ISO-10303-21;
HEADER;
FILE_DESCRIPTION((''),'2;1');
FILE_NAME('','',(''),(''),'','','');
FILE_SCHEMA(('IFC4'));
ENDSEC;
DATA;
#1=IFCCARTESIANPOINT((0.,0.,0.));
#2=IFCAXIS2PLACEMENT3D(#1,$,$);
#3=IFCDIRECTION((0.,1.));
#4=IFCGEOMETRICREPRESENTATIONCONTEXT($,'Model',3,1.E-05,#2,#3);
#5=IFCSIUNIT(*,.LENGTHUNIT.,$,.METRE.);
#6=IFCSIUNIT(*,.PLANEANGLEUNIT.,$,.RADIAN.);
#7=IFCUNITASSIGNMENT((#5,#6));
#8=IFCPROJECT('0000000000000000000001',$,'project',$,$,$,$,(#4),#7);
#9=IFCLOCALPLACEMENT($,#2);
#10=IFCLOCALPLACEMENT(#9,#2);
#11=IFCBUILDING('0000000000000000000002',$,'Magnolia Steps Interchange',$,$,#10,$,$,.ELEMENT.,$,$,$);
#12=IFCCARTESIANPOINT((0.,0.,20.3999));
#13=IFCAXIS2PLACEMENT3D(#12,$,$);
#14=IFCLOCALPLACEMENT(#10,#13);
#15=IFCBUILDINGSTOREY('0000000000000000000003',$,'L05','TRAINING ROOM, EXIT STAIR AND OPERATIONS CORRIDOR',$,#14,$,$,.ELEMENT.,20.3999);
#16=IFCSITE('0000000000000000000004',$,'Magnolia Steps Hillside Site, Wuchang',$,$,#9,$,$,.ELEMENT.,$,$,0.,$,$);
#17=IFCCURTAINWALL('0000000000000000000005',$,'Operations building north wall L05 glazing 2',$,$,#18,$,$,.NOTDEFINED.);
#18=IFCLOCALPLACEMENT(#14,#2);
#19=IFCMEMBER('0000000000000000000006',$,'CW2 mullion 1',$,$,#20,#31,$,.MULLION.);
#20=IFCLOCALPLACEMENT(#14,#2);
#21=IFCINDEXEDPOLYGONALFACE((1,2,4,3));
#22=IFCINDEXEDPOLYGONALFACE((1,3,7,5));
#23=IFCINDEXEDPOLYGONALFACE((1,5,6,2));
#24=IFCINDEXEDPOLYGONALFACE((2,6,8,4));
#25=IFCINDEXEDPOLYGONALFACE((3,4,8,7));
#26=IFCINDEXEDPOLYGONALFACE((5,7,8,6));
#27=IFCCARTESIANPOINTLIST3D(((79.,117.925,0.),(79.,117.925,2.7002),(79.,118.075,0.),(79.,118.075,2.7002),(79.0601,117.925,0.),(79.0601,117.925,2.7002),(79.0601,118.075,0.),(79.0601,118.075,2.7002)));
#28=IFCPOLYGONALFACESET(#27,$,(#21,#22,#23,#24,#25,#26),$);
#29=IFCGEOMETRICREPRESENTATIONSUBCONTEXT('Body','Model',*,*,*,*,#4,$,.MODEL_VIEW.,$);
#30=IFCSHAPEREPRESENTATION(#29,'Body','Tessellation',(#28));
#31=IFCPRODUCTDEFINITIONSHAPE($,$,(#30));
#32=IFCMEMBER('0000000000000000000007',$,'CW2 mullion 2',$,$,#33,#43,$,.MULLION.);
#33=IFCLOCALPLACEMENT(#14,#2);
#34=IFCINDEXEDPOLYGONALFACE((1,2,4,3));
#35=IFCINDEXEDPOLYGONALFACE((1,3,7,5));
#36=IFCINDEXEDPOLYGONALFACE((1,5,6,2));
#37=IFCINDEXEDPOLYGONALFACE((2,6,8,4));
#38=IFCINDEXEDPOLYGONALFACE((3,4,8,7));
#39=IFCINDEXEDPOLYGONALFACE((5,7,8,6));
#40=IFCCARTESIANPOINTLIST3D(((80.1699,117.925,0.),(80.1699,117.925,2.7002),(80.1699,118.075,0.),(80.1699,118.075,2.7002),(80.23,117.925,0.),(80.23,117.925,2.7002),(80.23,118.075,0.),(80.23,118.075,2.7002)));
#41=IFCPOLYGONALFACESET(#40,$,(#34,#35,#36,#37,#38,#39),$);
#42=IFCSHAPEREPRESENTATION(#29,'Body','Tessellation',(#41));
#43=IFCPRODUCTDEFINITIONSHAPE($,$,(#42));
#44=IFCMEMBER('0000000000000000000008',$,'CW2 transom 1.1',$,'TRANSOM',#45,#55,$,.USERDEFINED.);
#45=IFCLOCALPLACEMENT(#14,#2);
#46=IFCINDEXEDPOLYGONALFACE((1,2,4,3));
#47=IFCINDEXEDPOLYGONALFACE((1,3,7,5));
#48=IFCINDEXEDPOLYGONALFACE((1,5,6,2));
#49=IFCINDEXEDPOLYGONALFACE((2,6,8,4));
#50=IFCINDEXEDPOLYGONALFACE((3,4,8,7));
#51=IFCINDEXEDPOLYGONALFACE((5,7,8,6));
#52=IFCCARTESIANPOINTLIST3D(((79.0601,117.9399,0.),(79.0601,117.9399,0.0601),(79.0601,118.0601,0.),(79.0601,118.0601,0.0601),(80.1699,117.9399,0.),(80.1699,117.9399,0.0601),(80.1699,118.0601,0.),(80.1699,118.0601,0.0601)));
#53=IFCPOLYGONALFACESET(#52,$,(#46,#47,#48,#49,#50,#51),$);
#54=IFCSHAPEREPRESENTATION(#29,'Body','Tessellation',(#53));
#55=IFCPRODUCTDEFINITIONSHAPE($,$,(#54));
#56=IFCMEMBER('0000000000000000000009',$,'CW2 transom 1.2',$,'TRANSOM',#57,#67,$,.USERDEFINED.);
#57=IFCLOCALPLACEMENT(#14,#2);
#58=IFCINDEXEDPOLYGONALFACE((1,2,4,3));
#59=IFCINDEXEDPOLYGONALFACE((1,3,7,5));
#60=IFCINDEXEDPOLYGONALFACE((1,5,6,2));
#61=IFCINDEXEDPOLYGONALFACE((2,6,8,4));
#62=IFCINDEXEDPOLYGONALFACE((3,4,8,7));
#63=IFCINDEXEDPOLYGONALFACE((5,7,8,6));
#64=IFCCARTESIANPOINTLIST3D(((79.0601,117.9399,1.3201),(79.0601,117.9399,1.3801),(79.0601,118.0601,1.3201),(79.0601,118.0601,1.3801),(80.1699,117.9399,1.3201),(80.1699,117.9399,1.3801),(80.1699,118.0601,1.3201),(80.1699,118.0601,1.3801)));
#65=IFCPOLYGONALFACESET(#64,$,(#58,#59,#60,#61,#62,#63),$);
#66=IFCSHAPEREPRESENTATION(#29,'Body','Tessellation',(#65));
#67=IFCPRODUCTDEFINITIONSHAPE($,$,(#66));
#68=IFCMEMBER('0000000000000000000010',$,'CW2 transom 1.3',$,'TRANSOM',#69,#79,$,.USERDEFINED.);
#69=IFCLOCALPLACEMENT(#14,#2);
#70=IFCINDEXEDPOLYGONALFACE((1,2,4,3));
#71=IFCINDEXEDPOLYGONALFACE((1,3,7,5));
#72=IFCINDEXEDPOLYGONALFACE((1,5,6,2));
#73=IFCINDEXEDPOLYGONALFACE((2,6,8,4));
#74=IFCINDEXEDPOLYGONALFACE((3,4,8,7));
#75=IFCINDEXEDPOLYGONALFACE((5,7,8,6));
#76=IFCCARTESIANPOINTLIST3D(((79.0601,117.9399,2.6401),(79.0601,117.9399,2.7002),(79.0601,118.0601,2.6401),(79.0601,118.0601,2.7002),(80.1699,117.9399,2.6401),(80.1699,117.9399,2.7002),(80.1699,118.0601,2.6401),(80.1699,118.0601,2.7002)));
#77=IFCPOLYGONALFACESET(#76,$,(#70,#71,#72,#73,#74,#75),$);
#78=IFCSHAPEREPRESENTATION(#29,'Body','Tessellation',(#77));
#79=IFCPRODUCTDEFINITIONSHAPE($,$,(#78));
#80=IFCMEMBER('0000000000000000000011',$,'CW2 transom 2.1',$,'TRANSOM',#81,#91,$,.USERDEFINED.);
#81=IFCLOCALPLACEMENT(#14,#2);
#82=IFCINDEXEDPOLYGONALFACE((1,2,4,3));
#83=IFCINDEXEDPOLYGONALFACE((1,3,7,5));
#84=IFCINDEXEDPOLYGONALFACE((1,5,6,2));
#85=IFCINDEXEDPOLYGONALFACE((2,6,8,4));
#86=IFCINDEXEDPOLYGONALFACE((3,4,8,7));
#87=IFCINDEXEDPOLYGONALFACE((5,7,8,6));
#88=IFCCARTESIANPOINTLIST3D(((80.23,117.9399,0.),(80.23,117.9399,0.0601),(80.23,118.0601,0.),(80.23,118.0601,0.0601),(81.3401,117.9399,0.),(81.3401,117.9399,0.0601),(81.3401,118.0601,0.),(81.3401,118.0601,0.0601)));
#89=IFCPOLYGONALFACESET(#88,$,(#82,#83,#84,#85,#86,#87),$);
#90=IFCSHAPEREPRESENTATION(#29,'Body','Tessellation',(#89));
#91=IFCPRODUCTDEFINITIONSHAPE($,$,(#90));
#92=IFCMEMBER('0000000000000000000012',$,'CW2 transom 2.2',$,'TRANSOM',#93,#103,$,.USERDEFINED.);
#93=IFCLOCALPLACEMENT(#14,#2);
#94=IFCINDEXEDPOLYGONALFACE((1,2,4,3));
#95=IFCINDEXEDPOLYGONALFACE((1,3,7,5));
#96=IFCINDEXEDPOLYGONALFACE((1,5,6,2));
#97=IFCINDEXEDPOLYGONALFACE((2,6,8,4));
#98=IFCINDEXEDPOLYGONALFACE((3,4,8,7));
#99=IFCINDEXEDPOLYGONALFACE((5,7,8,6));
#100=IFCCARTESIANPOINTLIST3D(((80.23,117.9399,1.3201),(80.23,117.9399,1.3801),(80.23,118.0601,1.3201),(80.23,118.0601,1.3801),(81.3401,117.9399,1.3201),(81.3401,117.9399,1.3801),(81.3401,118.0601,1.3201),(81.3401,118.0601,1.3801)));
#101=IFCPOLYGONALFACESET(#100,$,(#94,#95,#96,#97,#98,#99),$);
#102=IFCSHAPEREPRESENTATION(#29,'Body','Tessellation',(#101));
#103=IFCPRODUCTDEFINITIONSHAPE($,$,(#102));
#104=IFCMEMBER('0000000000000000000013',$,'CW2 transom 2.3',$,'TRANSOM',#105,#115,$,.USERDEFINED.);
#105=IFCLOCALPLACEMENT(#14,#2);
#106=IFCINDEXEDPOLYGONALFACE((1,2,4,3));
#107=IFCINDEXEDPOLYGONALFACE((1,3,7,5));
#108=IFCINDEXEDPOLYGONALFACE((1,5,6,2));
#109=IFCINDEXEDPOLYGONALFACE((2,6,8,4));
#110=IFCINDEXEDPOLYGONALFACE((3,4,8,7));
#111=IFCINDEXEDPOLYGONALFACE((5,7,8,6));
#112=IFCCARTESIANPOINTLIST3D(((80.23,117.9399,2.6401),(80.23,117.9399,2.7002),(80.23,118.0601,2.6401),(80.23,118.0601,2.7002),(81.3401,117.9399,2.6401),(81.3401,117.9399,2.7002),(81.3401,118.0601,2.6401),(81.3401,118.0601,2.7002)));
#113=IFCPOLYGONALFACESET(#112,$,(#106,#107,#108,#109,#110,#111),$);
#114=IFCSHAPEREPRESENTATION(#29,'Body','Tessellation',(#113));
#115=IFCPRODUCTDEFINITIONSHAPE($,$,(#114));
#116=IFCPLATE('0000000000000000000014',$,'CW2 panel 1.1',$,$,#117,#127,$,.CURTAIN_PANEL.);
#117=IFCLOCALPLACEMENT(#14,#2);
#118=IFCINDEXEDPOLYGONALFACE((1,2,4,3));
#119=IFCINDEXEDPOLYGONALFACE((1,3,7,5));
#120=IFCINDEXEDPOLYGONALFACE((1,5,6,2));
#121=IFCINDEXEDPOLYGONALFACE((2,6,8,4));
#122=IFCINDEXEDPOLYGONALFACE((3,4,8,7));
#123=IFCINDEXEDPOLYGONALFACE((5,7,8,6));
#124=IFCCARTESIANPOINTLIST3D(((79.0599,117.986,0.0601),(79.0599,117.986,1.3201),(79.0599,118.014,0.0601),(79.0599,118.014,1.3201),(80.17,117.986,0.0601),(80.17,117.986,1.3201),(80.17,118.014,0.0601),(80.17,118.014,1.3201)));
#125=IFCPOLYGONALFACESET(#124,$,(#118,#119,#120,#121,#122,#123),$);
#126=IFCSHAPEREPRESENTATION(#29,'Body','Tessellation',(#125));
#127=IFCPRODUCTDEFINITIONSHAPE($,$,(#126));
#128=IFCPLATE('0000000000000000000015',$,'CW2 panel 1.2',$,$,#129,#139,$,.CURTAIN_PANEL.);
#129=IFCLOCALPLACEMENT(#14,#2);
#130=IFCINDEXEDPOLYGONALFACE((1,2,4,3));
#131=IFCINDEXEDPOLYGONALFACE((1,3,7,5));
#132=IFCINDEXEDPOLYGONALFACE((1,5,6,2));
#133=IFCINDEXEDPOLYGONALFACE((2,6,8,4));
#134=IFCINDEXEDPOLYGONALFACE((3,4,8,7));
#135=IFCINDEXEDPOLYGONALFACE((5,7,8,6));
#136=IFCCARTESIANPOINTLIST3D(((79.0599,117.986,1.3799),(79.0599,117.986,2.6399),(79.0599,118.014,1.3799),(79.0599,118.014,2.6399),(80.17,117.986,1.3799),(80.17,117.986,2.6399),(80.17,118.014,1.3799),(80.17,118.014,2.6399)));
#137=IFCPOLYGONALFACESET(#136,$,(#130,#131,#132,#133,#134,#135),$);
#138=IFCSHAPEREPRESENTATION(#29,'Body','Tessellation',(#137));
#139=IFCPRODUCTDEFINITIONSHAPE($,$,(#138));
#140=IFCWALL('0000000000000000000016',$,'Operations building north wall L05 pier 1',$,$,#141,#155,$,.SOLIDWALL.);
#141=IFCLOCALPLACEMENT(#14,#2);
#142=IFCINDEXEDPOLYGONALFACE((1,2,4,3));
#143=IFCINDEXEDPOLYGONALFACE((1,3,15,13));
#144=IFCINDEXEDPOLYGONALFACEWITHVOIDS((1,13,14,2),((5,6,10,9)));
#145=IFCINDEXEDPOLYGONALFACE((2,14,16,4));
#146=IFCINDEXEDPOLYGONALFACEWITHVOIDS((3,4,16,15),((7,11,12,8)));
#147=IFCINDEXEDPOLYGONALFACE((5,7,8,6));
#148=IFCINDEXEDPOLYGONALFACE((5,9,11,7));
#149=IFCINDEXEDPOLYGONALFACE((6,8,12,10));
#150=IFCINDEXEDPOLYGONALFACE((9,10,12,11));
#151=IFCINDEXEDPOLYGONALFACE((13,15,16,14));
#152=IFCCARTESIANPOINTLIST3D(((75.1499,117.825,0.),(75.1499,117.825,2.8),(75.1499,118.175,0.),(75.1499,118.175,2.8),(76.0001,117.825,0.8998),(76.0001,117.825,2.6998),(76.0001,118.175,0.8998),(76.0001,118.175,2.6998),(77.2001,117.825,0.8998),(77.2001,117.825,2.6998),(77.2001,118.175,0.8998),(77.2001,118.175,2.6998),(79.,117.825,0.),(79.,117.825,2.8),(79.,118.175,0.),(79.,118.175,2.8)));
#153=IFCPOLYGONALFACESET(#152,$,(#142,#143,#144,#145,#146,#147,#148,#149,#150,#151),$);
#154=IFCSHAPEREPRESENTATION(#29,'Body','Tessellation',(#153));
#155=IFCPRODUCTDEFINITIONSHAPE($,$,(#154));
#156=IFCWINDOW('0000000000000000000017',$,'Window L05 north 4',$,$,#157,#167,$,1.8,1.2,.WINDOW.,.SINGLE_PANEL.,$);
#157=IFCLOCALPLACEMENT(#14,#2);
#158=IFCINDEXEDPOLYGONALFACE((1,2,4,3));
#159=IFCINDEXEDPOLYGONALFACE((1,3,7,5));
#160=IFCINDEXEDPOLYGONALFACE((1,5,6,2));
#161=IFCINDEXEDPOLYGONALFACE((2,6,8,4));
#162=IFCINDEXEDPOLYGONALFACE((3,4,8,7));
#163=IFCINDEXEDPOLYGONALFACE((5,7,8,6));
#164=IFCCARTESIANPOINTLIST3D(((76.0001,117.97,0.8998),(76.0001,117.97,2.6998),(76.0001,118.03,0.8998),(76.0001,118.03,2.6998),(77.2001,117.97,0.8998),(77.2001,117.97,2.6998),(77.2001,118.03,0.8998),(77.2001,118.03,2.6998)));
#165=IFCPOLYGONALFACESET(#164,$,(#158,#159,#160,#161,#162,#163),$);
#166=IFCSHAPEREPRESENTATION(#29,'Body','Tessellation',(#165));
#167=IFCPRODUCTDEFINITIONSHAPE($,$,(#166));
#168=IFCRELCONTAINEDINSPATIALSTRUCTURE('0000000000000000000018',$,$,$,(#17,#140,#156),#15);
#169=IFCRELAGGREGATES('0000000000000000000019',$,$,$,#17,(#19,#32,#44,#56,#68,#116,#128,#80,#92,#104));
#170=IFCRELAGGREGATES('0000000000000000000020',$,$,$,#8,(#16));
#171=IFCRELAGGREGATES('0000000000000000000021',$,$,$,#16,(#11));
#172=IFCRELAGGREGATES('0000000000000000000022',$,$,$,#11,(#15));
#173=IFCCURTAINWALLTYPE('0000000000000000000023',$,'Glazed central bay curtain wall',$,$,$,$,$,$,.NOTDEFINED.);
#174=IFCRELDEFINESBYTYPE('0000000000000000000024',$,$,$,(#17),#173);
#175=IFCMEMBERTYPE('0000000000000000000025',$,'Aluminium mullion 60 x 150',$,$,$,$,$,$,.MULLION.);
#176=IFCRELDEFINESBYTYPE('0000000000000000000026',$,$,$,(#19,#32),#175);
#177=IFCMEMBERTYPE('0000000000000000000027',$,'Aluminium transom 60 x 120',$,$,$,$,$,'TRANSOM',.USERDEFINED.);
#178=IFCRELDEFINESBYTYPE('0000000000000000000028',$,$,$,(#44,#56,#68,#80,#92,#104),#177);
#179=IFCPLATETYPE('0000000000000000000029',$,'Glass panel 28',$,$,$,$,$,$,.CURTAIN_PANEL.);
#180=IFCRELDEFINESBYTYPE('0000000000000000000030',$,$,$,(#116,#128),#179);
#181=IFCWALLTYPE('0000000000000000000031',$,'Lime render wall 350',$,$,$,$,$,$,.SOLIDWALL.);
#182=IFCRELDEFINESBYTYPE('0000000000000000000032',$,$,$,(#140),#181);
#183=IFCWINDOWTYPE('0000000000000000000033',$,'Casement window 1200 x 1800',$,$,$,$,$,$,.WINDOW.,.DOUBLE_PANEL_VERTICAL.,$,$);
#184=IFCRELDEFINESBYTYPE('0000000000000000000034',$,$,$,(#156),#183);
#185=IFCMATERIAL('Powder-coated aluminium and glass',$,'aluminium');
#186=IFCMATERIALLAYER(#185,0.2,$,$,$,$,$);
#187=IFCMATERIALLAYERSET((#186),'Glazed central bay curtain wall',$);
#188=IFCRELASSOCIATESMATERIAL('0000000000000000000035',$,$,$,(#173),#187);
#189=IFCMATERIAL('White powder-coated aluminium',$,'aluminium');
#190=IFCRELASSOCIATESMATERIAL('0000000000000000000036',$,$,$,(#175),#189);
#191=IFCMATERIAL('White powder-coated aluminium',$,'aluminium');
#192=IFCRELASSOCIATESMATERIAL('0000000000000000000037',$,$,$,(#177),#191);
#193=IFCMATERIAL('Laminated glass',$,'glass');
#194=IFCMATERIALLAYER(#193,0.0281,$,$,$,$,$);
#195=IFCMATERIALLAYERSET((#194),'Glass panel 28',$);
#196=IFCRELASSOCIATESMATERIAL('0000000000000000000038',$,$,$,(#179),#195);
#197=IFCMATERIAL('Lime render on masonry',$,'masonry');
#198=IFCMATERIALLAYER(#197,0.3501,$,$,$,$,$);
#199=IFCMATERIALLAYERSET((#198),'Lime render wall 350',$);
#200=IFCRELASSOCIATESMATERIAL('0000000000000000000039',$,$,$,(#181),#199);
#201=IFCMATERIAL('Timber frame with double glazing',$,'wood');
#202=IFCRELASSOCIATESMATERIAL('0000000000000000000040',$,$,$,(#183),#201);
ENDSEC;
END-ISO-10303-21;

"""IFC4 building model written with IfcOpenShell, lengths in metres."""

from ifc_helpers import new_model, si_unit, direction, frame, frame_2d, origin, origin_2d, place, context, subcontext, project, spatial, rectangle, extrude, material, layer, layer_set, material_profile, profile_set, type_object, element, fill, aggregate, save


model = new_model("IFC4")

# Units and contexts
model_context = context("Model", 3, precision=1e-05, world=origin(), true_north=direction((0.0, 1.0)))
body_context = subcontext(model_context, "Body", "Model", "MODEL_VIEW")
ifc_project = project(units=[si_unit("LENGTHUNIT", "METRE"), si_unit("PLANEANGLEUNIT", "RADIAN")], contexts=[model_context])

# Site, building, storey
site_placement = place(None, origin())
site = spatial("IfcSite", under=ifc_project, at=site_placement, Name="Magnolia Steps Hillside Site, Wuchang", CompositionType="ELEMENT", RefElevation=0.0)
building_placement = place(site_placement, origin())
building = spatial("IfcBuilding", under=site, at=building_placement, Name="Magnolia Steps Interchange", CompositionType="ELEMENT")
storey_placement = place(building_placement, frame((0.0, 0.0, 20.3999)))
storey = spatial("IfcBuildingStorey", under=building, at=storey_placement, Name="L05", Description="TRAINING ROOM, EXIT STAIR AND OPERATIONS CORRIDOR", CompositionType="ELEMENT", Elevation=20.3999)

# Curtain wall, members, plates
ifc_material_1 = material(Name="Powder-coated aluminium and glass", Category="aluminium")
ifc_layer_1 = layer(ifc_material_1, 0.2)
ifc_layer_set_1 = layer_set([ifc_layer_1], Name="Glazed central bay curtain wall")
curtain_wall_type = type_object("IfcCurtainWallType", Name="Glazed central bay curtain wall", PredefinedType="NOTDEFINED", material=ifc_layer_set_1)
curtain_wall_placement = place(storey_placement, origin())
curtain_wall = element("IfcCurtainWall", 1, at=curtain_wall_placement, inside=storey, type_object=curtain_wall_type, Name="Operations building north wall L05 glazing 2", PredefinedType="NOTDEFINED")
ifc_material_2 = material(Name="White powder-coated aluminium", Category="aluminium")
ifc_material_profile_1 = material_profile(ifc_material_2, rectangle(XDim=0.0601, YDim=0.1499, at=origin_2d()), Name="Aluminium mullion 60 x 150")
ifc_profile_set_1 = profile_set([ifc_material_profile_1], Name="White powder-coated aluminium")
member_type_1 = type_object("IfcMemberType", Name="Aluminium mullion 60 x 150", PredefinedType="MULLION", material=ifc_profile_set_1)
member_1_placement = place(storey_placement, frame((79.03, 118.0, 0.0), z_axis=(0.0, 0.0, 1.0), x_axis=(1.0, 0.0, 0.0)))
member_1 = element("IfcMember", 2, at=member_1_placement, type_object=member_type_1, Name="CW2 mullion 1", PredefinedType="MULLION", context=body_context, shape_type="SweptSolid", body=[
    extrude(rectangle(XDim=0.0601, YDim=0.1499, at=origin_2d()), origin(), (0.0, 0.0, 1.0), 2.7002),
])
member_2_placement = place(storey_placement, frame((80.2, 118.0, 0.0), z_axis=(0.0, 0.0, 1.0), x_axis=(1.0, 0.0, 0.0)))
member_2 = element("IfcMember", 3, at=member_2_placement, type_object=member_type_1, Name="CW2 mullion 2", PredefinedType="MULLION", context=body_context, shape_type="SweptSolid", body=[
    extrude(rectangle(XDim=0.0601, YDim=0.1499, at=origin_2d()), origin(), (0.0, 0.0, 1.0), 2.7002),
])
ifc_material_3 = material(Name="White powder-coated aluminium", Category="aluminium")
ifc_material_profile_2 = material_profile(ifc_material_3, rectangle(XDim=0.0601, YDim=0.1201, at=origin_2d()), Name="Aluminium transom 60 x 120")
ifc_profile_set_2 = profile_set([ifc_material_profile_2], Name="White powder-coated aluminium")
member_type_2 = type_object("IfcMemberType", Name="Aluminium transom 60 x 120", ElementType="TRANSOM", PredefinedType="USERDEFINED", material=ifc_profile_set_2)
member_3_placement = place(storey_placement, frame((79.0601, 118.0, 0.03), z_axis=(1.0, 0.0, 0.0), x_axis=(0.0, 0.0, 1.0)))
member_3 = element("IfcMember", 4, at=member_3_placement, type_object=member_type_2, Name="CW2 transom 1.1", ObjectType="TRANSOM", PredefinedType="USERDEFINED", context=body_context, shape_type="SweptSolid", body=[
    extrude(rectangle(XDim=0.0601, YDim=0.1201, at=origin_2d()), origin(), (0.0, 0.0, 1.0), 1.1099),
])
member_4_placement = place(storey_placement, frame((79.0601, 118.0, 1.3501), z_axis=(1.0, 0.0, 0.0), x_axis=(0.0, 0.0, 1.0)))
member_4 = element("IfcMember", 5, at=member_4_placement, type_object=member_type_2, Name="CW2 transom 1.2", ObjectType="TRANSOM", PredefinedType="USERDEFINED", context=body_context, shape_type="SweptSolid", body=[
    extrude(rectangle(XDim=0.0601, YDim=0.1201, at=origin_2d()), origin(), (0.0, 0.0, 1.0), 1.1099),
])
member_5_placement = place(storey_placement, frame((79.0601, 118.0, 2.6702), z_axis=(1.0, 0.0, 0.0), x_axis=(0.0, 0.0, 1.0)))
member_5 = element("IfcMember", 6, at=member_5_placement, type_object=member_type_2, Name="CW2 transom 1.3", ObjectType="TRANSOM", PredefinedType="USERDEFINED", context=body_context, shape_type="SweptSolid", body=[
    extrude(rectangle(XDim=0.0601, YDim=0.1201, at=origin_2d()), origin(), (0.0, 0.0, 1.0), 1.1099),
])
member_6_placement = place(storey_placement, frame((80.23, 118.0, 0.03), z_axis=(1.0, 0.0, 0.0), x_axis=(0.0, 0.0, 1.0)))
member_6 = element("IfcMember", 7, at=member_6_placement, type_object=member_type_2, Name="CW2 transom 2.1", ObjectType="TRANSOM", PredefinedType="USERDEFINED", context=body_context, shape_type="SweptSolid", body=[
    extrude(rectangle(XDim=0.0601, YDim=0.1201, at=origin_2d()), origin(), (0.0, 0.0, 1.0), 1.1101),
])
member_7_placement = place(storey_placement, frame((80.23, 118.0, 1.3501), z_axis=(1.0, 0.0, 0.0), x_axis=(0.0, 0.0, 1.0)))
member_7 = element("IfcMember", 8, at=member_7_placement, type_object=member_type_2, Name="CW2 transom 2.2", ObjectType="TRANSOM", PredefinedType="USERDEFINED", context=body_context, shape_type="SweptSolid", body=[
    extrude(rectangle(XDim=0.0601, YDim=0.1201, at=origin_2d()), origin(), (0.0, 0.0, 1.0), 1.1101),
])
member_8_placement = place(storey_placement, frame((80.23, 118.0, 2.6702), z_axis=(1.0, 0.0, 0.0), x_axis=(0.0, 0.0, 1.0)))
member_8 = element("IfcMember", 9, at=member_8_placement, type_object=member_type_2, Name="CW2 transom 2.3", ObjectType="TRANSOM", PredefinedType="USERDEFINED", context=body_context, shape_type="SweptSolid", body=[
    extrude(rectangle(XDim=0.0601, YDim=0.1201, at=origin_2d()), origin(), (0.0, 0.0, 1.0), 1.1101),
])
ifc_material_4 = material(Name="Laminated glass", Category="glass")
ifc_layer_2 = layer(ifc_material_4, 0.0281)
ifc_layer_set_2 = layer_set([ifc_layer_2], Name="Glass panel 28")
plate_type = type_object("IfcPlateType", Name="Glass panel 28", PredefinedType="CURTAIN_PANEL", material=ifc_layer_set_2)
plate_1_placement = place(storey_placement, frame((79.615, 118.0, 0.0601), z_axis=(0.0, 0.0, 1.0), x_axis=(1.0, 0.0, 0.0)))
plate_1 = element("IfcPlate", 10, at=plate_1_placement, type_object=plate_type, Name="CW2 panel 1.1", PredefinedType="CURTAIN_PANEL", context=body_context, shape_type="SweptSolid", body=[
    extrude(rectangle(XDim=1.1101, YDim=0.0281, at=origin_2d()), origin(), (0.0, 0.0, 1.0), 1.26),
])
plate_2_placement = place(storey_placement, frame((79.615, 118.0, 1.3799), z_axis=(0.0, 0.0, 1.0), x_axis=(1.0, 0.0, 0.0)))
plate_2 = element("IfcPlate", 11, at=plate_2_placement, type_object=plate_type, Name="CW2 panel 1.2", PredefinedType="CURTAIN_PANEL", context=body_context, shape_type="SweptSolid", body=[
    extrude(rectangle(XDim=1.1101, YDim=0.0281, at=origin_2d()), origin(), (0.0, 0.0, 1.0), 1.26),
])
aggregate(curtain_wall, [member_1, member_2, member_3, member_4, member_5, plate_1, plate_2, member_6, member_7, member_8])

# Wall, opening, window
ifc_material_5 = material(Name="Lime render on masonry", Category="masonry")
ifc_layer_3 = layer(ifc_material_5, 0.3501)
ifc_layer_set_3 = layer_set([ifc_layer_3], Name="Lime render wall 350")
wall_type_1 = type_object("IfcWallType", Name="Lime render wall 350", PredefinedType="SOLIDWALL", material=ifc_layer_set_3)
wall_1_placement = place(storey_placement, frame((75.1499, 118.0, 0.0), z_axis=(0.0, 0.0, 1.0), x_axis=(1.0, 0.0, 0.0)))
wall_1 = element("IfcWall", 12, at=wall_1_placement, inside=storey, type_object=wall_type_1, Name="Operations building north wall L05 pier 1", PredefinedType="SOLIDWALL", context=body_context, shape_type="SweptSolid", body=[
    extrude(rectangle(XDim=3.8501, YDim=0.3501, at=frame_2d((1.925, 0.0))), origin(), (0.0, 0.0, 1.0), 2.8),
])
opening_1_placement = place(wall_1_placement, frame((0.8501, 0.0, 0.8999)))
opening_1 = element("IfcOpeningElement", 13, at=opening_1_placement, cuts=wall_1, PredefinedType="OPENING", context=body_context, shape_type="SweptSolid", body=[
    extrude(rectangle(XDim=1.2, YDim=1.8, at=frame_2d((0.6001, 0.8999))), frame((0.0, 0.1851, 0.0), z_axis=(0.0, -1.0, 0.0), x_axis=(1.0, 0.0, 0.0)), (0.0, 0.0, 1.0), 0.3701),
])
ifc_material_6 = material(Name="Timber frame with double glazing", Category="wood")
window_type = type_object("IfcWindowType", Name="Casement window 1200 x 1800", PartitioningType="DOUBLE_PANEL_VERTICAL", PredefinedType="WINDOW", material=ifc_material_6)
window_placement = place(opening_1_placement, origin())
window = element("IfcWindow", 14, at=window_placement, inside=storey, type_object=window_type, Name="Window L05 north 4", OverallHeight=1.8, OverallWidth=1.2, PartitioningType="SINGLE_PANEL", PredefinedType="WINDOW", context=body_context, shape_type="SweptSolid", body=[
    extrude(rectangle(XDim=1.2, YDim=1.8, at=frame_2d((0.6001, 0.8999))), frame((0.0, 0.03, 0.0), z_axis=(0.0, -1.0, 0.0), x_axis=(1.0, 0.0, 0.0)), (0.0, 0.0, 1.0), 0.0601),
])
fill(opening_1, window)

save(model, "model.ifc")
